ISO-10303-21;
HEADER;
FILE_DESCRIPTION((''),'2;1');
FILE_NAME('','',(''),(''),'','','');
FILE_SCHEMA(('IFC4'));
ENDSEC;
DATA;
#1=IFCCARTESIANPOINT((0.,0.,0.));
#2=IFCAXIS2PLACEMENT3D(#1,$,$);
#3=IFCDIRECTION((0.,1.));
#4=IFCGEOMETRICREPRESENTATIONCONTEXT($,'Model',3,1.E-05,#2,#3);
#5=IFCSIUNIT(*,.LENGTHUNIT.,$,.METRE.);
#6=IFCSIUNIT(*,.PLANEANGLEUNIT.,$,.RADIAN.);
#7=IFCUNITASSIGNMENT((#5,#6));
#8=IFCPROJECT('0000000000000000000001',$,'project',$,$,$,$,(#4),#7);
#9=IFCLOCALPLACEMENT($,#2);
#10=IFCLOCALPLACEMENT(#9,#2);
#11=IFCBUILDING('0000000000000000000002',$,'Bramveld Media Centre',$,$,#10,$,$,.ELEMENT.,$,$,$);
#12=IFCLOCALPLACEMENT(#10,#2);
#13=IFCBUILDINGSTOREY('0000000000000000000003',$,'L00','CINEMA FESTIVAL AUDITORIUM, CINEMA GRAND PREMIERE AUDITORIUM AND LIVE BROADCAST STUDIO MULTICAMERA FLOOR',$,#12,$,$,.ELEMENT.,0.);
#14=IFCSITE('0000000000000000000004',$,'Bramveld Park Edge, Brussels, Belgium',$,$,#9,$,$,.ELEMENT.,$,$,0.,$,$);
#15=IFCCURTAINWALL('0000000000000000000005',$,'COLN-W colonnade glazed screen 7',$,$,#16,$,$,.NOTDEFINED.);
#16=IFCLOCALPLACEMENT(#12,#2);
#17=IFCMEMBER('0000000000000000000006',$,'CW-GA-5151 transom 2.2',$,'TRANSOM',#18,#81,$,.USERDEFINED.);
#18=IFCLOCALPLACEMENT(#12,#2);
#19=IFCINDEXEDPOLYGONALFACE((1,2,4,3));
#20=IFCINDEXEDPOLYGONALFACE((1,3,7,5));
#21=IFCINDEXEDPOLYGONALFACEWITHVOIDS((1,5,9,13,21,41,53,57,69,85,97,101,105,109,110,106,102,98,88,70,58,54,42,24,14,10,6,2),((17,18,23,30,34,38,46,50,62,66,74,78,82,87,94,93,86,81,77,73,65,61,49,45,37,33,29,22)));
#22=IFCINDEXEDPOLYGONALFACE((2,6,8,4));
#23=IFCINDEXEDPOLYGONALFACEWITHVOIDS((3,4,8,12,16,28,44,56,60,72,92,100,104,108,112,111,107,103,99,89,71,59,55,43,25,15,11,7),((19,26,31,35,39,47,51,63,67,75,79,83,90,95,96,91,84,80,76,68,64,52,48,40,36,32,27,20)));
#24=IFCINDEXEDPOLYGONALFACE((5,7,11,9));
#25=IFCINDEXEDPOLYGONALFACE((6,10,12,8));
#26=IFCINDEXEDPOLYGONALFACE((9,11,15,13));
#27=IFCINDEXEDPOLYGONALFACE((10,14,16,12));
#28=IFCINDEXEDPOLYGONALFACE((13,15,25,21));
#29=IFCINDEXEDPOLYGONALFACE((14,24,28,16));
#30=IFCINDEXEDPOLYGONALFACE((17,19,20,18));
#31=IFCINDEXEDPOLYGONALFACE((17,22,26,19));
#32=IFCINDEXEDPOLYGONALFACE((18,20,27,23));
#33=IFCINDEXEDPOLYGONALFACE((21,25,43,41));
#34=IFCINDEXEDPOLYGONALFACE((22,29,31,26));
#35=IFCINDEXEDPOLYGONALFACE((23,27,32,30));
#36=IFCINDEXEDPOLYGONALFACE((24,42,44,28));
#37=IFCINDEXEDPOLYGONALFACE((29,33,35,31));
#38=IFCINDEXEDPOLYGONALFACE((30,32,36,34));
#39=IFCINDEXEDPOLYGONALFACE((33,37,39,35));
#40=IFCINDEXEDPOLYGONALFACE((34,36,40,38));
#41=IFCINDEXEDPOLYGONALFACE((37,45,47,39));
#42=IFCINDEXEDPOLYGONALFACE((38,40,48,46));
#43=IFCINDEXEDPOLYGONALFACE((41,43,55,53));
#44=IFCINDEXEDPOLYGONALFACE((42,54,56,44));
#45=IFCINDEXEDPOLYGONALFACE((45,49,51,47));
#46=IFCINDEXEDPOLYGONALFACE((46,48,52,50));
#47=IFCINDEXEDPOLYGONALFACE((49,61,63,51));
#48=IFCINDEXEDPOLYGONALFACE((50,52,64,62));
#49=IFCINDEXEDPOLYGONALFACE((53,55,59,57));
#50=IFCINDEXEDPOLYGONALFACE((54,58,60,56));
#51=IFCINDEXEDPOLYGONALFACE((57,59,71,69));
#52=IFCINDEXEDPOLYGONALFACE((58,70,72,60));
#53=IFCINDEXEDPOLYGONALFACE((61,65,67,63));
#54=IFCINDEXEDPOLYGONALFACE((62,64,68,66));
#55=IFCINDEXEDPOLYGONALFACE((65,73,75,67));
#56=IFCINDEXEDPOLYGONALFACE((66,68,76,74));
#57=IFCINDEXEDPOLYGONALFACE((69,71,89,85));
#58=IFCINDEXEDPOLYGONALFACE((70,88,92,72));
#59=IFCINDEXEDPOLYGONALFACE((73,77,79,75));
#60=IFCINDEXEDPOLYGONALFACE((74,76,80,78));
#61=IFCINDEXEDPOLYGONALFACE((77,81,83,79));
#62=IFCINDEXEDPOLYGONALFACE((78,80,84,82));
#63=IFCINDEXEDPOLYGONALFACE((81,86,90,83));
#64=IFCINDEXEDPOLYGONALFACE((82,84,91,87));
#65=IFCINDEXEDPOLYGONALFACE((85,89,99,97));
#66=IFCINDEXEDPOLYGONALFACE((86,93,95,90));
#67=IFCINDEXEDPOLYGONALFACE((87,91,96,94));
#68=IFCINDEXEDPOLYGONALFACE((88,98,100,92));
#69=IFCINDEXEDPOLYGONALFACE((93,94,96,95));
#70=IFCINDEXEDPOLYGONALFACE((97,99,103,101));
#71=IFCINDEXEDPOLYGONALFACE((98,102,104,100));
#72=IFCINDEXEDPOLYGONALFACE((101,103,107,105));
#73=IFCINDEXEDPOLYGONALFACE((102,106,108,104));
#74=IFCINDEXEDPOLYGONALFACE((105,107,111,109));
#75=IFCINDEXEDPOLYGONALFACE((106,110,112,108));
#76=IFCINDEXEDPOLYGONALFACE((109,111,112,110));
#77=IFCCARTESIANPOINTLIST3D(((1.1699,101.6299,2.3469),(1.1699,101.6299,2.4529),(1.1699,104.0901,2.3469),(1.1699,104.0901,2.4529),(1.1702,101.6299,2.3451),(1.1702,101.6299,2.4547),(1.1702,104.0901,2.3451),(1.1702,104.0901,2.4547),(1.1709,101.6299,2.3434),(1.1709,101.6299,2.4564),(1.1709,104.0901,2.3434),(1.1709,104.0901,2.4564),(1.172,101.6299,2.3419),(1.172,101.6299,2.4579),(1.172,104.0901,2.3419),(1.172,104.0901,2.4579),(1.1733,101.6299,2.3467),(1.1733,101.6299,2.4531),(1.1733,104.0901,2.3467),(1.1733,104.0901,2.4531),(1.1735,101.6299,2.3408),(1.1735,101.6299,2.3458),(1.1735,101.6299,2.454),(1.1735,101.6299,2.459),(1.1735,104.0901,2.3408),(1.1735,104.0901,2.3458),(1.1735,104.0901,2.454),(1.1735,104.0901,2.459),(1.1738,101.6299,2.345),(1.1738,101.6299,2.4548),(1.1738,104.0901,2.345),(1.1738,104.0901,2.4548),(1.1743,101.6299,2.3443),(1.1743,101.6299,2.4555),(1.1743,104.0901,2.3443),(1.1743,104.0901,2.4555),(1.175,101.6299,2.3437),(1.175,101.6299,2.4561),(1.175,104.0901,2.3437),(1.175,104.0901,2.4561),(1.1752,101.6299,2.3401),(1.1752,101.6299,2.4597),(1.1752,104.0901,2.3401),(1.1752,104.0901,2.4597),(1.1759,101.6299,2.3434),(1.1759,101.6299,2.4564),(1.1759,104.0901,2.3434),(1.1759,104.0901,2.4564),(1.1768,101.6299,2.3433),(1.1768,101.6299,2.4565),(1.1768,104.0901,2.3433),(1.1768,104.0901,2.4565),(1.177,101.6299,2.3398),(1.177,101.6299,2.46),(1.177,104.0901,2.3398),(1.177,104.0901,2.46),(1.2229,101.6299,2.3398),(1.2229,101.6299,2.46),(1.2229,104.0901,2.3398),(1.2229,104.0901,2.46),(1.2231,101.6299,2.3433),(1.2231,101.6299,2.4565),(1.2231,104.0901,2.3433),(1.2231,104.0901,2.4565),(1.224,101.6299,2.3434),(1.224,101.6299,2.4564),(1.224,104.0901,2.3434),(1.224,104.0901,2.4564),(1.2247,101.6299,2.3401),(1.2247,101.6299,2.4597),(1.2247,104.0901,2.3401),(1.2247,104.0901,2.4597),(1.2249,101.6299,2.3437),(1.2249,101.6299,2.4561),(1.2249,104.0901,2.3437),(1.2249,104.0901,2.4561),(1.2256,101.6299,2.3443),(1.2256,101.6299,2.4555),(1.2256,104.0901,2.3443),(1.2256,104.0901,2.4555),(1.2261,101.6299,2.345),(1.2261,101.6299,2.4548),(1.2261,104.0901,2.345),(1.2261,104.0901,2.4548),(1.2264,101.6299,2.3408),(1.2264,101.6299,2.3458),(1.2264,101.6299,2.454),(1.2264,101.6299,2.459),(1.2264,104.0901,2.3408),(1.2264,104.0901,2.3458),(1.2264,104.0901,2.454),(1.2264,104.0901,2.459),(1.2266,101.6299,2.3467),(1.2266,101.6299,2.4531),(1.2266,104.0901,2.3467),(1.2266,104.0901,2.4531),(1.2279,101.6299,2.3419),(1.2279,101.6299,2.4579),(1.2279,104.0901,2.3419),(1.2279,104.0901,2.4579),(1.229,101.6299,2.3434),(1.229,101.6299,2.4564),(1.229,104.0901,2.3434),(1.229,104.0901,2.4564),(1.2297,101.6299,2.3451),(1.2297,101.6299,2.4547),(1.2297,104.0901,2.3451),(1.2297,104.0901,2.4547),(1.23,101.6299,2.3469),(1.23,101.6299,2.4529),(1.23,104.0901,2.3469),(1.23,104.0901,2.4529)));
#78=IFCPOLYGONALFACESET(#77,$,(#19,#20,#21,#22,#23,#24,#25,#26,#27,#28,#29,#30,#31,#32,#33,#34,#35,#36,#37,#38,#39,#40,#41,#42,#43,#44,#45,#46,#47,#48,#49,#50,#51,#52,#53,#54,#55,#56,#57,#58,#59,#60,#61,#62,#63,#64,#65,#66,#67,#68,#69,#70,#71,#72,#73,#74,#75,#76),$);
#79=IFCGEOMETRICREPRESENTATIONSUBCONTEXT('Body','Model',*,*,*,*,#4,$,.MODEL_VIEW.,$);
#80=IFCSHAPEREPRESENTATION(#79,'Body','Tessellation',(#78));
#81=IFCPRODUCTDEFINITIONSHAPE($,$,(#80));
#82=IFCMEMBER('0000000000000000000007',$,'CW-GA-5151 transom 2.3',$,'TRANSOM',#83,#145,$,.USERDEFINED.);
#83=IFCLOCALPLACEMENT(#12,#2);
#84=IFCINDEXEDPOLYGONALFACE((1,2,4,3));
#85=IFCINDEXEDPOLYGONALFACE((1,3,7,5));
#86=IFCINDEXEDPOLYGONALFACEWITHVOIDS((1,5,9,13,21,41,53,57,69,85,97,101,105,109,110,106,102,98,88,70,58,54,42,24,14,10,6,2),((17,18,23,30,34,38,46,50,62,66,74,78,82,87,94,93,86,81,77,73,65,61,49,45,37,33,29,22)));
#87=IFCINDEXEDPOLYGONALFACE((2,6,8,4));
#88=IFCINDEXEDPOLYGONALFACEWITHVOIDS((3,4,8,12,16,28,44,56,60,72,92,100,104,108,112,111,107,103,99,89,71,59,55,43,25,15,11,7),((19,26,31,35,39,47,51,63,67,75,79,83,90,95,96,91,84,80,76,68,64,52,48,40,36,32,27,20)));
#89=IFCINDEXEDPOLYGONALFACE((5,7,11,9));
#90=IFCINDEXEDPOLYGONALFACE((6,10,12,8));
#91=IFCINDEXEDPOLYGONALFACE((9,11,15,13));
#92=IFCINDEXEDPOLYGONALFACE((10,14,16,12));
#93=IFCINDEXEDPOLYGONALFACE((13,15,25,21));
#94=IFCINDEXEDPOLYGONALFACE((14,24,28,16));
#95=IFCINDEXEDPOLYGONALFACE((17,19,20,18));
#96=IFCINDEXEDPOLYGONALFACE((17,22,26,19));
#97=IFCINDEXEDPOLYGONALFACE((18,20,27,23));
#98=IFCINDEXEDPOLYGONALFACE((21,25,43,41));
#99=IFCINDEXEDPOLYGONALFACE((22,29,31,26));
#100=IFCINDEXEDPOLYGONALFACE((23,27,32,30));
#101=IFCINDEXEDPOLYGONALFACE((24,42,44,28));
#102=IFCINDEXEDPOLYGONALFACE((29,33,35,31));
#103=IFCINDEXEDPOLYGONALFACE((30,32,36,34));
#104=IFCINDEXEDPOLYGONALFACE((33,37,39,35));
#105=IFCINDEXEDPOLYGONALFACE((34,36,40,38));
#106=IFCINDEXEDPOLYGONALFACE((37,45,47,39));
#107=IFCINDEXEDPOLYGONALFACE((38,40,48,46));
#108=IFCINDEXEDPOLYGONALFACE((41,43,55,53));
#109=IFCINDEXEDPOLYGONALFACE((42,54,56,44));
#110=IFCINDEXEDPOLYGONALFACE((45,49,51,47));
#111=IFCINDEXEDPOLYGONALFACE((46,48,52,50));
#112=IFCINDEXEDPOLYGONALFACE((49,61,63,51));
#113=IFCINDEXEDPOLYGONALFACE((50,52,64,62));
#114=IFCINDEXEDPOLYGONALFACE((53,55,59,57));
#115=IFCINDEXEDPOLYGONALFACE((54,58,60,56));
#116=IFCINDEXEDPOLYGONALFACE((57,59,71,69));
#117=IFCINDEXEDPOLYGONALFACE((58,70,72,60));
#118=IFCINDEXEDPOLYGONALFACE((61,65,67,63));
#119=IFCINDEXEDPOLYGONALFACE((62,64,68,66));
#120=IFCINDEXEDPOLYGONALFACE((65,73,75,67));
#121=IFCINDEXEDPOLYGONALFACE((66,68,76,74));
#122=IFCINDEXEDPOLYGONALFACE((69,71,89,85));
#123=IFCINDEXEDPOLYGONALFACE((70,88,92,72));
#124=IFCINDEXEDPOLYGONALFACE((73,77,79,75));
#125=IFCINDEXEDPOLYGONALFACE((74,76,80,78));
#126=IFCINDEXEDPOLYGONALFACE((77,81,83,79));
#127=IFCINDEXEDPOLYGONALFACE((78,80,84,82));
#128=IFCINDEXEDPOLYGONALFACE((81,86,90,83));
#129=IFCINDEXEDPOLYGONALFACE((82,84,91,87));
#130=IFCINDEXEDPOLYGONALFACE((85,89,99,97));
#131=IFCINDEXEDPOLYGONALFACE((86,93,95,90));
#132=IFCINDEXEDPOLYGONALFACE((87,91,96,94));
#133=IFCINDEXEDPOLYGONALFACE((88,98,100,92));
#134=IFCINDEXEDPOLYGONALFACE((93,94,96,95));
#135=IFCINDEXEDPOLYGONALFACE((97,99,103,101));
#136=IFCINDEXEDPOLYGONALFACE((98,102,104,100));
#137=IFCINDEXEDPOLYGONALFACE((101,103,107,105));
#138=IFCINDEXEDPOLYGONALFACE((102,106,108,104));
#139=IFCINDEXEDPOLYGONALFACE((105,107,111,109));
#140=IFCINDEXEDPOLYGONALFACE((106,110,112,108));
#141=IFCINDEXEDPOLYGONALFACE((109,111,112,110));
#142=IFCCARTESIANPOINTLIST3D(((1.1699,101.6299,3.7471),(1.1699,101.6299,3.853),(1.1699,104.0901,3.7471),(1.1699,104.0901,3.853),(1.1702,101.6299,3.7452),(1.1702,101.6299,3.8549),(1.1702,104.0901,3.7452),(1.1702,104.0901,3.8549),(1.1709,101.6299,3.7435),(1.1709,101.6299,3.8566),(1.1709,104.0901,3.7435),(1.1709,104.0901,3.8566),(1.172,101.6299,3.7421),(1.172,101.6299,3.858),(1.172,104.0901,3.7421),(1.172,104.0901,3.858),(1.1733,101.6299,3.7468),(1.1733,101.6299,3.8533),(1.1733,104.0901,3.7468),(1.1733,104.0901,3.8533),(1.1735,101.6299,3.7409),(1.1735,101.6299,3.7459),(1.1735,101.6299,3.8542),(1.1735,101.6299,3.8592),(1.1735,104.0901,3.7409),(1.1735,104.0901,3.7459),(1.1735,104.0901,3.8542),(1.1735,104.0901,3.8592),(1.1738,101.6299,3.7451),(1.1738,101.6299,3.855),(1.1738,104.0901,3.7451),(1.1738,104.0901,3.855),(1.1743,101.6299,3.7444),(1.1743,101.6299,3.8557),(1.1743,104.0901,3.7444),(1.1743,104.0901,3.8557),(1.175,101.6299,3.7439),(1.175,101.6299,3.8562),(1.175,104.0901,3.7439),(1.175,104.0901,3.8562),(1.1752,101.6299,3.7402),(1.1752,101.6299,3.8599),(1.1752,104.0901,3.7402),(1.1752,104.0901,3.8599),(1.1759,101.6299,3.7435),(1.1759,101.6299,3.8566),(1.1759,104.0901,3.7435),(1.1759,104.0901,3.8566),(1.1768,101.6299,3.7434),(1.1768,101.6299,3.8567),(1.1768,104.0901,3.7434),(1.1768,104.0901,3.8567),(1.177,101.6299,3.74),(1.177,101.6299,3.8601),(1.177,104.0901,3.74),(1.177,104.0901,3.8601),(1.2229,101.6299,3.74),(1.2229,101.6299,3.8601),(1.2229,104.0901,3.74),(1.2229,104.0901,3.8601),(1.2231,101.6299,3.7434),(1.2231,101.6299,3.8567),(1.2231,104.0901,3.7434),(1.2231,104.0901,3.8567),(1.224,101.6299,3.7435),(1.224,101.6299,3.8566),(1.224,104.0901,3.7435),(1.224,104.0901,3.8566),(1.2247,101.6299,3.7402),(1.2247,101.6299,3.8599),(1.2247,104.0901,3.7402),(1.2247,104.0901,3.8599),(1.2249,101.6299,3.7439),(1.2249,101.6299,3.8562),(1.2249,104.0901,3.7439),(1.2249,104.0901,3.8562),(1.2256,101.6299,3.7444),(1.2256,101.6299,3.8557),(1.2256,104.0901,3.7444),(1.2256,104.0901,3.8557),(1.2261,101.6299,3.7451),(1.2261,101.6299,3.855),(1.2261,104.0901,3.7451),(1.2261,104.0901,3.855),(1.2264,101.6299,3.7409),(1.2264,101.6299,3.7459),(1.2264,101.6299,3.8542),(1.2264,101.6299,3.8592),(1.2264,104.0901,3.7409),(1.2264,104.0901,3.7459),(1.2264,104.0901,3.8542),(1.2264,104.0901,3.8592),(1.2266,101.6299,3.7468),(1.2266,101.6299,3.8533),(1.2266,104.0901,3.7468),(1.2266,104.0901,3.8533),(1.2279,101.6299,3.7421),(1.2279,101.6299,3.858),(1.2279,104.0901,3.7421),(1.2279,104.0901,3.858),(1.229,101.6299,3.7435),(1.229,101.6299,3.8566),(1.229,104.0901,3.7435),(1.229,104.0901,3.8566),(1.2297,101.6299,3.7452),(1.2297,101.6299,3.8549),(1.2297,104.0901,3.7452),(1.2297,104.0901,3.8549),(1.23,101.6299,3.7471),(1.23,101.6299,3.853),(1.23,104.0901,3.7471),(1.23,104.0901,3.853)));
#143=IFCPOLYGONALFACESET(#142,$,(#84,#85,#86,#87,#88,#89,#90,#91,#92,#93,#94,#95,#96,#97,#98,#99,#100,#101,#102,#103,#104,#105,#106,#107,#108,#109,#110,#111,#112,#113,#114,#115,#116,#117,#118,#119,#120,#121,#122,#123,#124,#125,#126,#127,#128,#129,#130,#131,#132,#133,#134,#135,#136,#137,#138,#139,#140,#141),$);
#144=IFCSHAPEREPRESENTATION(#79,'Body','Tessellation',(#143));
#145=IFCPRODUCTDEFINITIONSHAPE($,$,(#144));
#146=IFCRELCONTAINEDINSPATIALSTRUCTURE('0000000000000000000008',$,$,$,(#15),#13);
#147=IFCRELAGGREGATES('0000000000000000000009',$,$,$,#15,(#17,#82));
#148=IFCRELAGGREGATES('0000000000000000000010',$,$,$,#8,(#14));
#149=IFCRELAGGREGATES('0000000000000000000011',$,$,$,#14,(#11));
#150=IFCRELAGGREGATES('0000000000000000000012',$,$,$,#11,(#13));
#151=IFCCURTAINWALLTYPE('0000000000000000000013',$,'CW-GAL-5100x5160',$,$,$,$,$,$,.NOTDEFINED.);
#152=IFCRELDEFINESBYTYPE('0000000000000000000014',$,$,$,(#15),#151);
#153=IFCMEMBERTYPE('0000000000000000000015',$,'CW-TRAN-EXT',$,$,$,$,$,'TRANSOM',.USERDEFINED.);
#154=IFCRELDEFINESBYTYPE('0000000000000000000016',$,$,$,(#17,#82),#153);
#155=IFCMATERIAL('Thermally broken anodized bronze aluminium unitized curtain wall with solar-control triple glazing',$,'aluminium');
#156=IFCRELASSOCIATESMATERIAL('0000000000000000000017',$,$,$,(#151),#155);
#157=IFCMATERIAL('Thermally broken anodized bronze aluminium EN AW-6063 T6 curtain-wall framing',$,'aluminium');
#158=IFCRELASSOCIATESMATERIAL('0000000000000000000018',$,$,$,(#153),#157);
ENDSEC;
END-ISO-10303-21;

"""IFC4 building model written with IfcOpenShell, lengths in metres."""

from ifc_helpers import new_model, si_unit, direction, frame, origin, origin_2d, place, context, subcontext, project, spatial, hollow_rectangle, extrude, material, material_profile, profile_set, type_object, element, aggregate, save


model = new_model("IFC4")

# Units and contexts
model_context = context("Model", 3, precision=1e-05, world=origin(), true_north=direction((0.0, 1.0)))
body_context = subcontext(model_context, "Body", "Model", "MODEL_VIEW")
ifc_project = project(units=[si_unit("LENGTHUNIT", "METRE"), si_unit("PLANEANGLEUNIT", "RADIAN")], contexts=[model_context])

# Site, building, storey
site_placement = place(None, origin())
site = spatial("IfcSite", under=ifc_project, at=site_placement, Name="Bramveld Park Edge, Brussels, Belgium", CompositionType="ELEMENT", RefElevation=0.0)
building_placement = place(site_placement, origin())
building = spatial("IfcBuilding", under=site, at=building_placement, Name="Bramveld Media Centre", CompositionType="ELEMENT")
storey_placement = place(building_placement, origin())
storey = spatial("IfcBuildingStorey", under=building, at=storey_placement, Name="L00", Description="CINEMA FESTIVAL AUDITORIUM, CINEMA GRAND PREMIERE AUDITORIUM AND LIVE BROADCAST STUDIO MULTICAMERA FLOOR", CompositionType="ELEMENT", Elevation=0.0)

# Curtain wall
ifc_material_1 = material(Name="Thermally broken anodized bronze aluminium unitized curtain wall with solar-control triple glazing", Category="aluminium")
curtain_wall_type = type_object("IfcCurtainWallType", Name="CW-GAL-5100x5160", PredefinedType="NOTDEFINED", material=ifc_material_1)
curtain_wall_1_placement = place(storey_placement, origin())
curtain_wall_1 = element("IfcCurtainWall", 1, at=curtain_wall_1_placement, inside=storey, type_object=curtain_wall_type, Name="COLN-W colonnade glazed screen 7", PredefinedType="NOTDEFINED")

# Members
ifc_material_2 = material(Name="Thermally broken anodized bronze aluminium EN AW-6063 T6 curtain-wall framing", Category="aluminium")
ifc_material_profile_1 = material_profile(ifc_material_2, hollow_rectangle(XDim=0.0601, YDim=0.1201, WallThickness=0.0034, InnerFilletRadius=0.0034, OuterFilletRadius=0.0071, at=origin_2d()), Name="AL-TRAN 60x120")
ifc_profile_set_1 = profile_set([ifc_material_profile_1], Name="Thermally broken anodized bronze aluminium EN AW-6063 T6 curtain-wall framing")
member_type_1 = type_object("IfcMemberType", Name="CW-TRAN-EXT", ElementType="TRANSOM", PredefinedType="USERDEFINED", material=ifc_profile_set_1)
member_1_placement = place(storey_placement, frame((1.2, 101.6299, 2.3999), z_axis=(0.0, 1.0, 0.0), x_axis=(-1.0, 0.0, 0.0)))
member_1 = element("IfcMember", 2, at=member_1_placement, type_object=member_type_1, Name="CW-GA-5151 transom 2.2", ObjectType="TRANSOM", PredefinedType="USERDEFINED", context=body_context, shape_type="SweptSolid", body=[
    extrude(hollow_rectangle(XDim=0.0601, YDim=0.1201, WallThickness=0.0034, InnerFilletRadius=0.0034, OuterFilletRadius=0.0071, at=origin_2d()), origin(), (0.0, 0.0, 1.0), 2.4602),
])
member_2_placement = place(storey_placement, frame((1.2, 101.6299, 3.8), z_axis=(0.0, 1.0, 0.0), x_axis=(-1.0, 0.0, 0.0)))
member_2 = element("IfcMember", 3, at=member_2_placement, type_object=member_type_1, Name="CW-GA-5151 transom 2.3", ObjectType="TRANSOM", PredefinedType="USERDEFINED", context=body_context, shape_type="SweptSolid", body=[
    extrude(hollow_rectangle(XDim=0.0601, YDim=0.1201, WallThickness=0.0034, InnerFilletRadius=0.0034, OuterFilletRadius=0.0071, at=origin_2d()), origin(), (0.0, 0.0, 1.0), 2.4602),
])

aggregate(curtain_wall_1, [member_1, member_2])

save(model, "model.ifc")
